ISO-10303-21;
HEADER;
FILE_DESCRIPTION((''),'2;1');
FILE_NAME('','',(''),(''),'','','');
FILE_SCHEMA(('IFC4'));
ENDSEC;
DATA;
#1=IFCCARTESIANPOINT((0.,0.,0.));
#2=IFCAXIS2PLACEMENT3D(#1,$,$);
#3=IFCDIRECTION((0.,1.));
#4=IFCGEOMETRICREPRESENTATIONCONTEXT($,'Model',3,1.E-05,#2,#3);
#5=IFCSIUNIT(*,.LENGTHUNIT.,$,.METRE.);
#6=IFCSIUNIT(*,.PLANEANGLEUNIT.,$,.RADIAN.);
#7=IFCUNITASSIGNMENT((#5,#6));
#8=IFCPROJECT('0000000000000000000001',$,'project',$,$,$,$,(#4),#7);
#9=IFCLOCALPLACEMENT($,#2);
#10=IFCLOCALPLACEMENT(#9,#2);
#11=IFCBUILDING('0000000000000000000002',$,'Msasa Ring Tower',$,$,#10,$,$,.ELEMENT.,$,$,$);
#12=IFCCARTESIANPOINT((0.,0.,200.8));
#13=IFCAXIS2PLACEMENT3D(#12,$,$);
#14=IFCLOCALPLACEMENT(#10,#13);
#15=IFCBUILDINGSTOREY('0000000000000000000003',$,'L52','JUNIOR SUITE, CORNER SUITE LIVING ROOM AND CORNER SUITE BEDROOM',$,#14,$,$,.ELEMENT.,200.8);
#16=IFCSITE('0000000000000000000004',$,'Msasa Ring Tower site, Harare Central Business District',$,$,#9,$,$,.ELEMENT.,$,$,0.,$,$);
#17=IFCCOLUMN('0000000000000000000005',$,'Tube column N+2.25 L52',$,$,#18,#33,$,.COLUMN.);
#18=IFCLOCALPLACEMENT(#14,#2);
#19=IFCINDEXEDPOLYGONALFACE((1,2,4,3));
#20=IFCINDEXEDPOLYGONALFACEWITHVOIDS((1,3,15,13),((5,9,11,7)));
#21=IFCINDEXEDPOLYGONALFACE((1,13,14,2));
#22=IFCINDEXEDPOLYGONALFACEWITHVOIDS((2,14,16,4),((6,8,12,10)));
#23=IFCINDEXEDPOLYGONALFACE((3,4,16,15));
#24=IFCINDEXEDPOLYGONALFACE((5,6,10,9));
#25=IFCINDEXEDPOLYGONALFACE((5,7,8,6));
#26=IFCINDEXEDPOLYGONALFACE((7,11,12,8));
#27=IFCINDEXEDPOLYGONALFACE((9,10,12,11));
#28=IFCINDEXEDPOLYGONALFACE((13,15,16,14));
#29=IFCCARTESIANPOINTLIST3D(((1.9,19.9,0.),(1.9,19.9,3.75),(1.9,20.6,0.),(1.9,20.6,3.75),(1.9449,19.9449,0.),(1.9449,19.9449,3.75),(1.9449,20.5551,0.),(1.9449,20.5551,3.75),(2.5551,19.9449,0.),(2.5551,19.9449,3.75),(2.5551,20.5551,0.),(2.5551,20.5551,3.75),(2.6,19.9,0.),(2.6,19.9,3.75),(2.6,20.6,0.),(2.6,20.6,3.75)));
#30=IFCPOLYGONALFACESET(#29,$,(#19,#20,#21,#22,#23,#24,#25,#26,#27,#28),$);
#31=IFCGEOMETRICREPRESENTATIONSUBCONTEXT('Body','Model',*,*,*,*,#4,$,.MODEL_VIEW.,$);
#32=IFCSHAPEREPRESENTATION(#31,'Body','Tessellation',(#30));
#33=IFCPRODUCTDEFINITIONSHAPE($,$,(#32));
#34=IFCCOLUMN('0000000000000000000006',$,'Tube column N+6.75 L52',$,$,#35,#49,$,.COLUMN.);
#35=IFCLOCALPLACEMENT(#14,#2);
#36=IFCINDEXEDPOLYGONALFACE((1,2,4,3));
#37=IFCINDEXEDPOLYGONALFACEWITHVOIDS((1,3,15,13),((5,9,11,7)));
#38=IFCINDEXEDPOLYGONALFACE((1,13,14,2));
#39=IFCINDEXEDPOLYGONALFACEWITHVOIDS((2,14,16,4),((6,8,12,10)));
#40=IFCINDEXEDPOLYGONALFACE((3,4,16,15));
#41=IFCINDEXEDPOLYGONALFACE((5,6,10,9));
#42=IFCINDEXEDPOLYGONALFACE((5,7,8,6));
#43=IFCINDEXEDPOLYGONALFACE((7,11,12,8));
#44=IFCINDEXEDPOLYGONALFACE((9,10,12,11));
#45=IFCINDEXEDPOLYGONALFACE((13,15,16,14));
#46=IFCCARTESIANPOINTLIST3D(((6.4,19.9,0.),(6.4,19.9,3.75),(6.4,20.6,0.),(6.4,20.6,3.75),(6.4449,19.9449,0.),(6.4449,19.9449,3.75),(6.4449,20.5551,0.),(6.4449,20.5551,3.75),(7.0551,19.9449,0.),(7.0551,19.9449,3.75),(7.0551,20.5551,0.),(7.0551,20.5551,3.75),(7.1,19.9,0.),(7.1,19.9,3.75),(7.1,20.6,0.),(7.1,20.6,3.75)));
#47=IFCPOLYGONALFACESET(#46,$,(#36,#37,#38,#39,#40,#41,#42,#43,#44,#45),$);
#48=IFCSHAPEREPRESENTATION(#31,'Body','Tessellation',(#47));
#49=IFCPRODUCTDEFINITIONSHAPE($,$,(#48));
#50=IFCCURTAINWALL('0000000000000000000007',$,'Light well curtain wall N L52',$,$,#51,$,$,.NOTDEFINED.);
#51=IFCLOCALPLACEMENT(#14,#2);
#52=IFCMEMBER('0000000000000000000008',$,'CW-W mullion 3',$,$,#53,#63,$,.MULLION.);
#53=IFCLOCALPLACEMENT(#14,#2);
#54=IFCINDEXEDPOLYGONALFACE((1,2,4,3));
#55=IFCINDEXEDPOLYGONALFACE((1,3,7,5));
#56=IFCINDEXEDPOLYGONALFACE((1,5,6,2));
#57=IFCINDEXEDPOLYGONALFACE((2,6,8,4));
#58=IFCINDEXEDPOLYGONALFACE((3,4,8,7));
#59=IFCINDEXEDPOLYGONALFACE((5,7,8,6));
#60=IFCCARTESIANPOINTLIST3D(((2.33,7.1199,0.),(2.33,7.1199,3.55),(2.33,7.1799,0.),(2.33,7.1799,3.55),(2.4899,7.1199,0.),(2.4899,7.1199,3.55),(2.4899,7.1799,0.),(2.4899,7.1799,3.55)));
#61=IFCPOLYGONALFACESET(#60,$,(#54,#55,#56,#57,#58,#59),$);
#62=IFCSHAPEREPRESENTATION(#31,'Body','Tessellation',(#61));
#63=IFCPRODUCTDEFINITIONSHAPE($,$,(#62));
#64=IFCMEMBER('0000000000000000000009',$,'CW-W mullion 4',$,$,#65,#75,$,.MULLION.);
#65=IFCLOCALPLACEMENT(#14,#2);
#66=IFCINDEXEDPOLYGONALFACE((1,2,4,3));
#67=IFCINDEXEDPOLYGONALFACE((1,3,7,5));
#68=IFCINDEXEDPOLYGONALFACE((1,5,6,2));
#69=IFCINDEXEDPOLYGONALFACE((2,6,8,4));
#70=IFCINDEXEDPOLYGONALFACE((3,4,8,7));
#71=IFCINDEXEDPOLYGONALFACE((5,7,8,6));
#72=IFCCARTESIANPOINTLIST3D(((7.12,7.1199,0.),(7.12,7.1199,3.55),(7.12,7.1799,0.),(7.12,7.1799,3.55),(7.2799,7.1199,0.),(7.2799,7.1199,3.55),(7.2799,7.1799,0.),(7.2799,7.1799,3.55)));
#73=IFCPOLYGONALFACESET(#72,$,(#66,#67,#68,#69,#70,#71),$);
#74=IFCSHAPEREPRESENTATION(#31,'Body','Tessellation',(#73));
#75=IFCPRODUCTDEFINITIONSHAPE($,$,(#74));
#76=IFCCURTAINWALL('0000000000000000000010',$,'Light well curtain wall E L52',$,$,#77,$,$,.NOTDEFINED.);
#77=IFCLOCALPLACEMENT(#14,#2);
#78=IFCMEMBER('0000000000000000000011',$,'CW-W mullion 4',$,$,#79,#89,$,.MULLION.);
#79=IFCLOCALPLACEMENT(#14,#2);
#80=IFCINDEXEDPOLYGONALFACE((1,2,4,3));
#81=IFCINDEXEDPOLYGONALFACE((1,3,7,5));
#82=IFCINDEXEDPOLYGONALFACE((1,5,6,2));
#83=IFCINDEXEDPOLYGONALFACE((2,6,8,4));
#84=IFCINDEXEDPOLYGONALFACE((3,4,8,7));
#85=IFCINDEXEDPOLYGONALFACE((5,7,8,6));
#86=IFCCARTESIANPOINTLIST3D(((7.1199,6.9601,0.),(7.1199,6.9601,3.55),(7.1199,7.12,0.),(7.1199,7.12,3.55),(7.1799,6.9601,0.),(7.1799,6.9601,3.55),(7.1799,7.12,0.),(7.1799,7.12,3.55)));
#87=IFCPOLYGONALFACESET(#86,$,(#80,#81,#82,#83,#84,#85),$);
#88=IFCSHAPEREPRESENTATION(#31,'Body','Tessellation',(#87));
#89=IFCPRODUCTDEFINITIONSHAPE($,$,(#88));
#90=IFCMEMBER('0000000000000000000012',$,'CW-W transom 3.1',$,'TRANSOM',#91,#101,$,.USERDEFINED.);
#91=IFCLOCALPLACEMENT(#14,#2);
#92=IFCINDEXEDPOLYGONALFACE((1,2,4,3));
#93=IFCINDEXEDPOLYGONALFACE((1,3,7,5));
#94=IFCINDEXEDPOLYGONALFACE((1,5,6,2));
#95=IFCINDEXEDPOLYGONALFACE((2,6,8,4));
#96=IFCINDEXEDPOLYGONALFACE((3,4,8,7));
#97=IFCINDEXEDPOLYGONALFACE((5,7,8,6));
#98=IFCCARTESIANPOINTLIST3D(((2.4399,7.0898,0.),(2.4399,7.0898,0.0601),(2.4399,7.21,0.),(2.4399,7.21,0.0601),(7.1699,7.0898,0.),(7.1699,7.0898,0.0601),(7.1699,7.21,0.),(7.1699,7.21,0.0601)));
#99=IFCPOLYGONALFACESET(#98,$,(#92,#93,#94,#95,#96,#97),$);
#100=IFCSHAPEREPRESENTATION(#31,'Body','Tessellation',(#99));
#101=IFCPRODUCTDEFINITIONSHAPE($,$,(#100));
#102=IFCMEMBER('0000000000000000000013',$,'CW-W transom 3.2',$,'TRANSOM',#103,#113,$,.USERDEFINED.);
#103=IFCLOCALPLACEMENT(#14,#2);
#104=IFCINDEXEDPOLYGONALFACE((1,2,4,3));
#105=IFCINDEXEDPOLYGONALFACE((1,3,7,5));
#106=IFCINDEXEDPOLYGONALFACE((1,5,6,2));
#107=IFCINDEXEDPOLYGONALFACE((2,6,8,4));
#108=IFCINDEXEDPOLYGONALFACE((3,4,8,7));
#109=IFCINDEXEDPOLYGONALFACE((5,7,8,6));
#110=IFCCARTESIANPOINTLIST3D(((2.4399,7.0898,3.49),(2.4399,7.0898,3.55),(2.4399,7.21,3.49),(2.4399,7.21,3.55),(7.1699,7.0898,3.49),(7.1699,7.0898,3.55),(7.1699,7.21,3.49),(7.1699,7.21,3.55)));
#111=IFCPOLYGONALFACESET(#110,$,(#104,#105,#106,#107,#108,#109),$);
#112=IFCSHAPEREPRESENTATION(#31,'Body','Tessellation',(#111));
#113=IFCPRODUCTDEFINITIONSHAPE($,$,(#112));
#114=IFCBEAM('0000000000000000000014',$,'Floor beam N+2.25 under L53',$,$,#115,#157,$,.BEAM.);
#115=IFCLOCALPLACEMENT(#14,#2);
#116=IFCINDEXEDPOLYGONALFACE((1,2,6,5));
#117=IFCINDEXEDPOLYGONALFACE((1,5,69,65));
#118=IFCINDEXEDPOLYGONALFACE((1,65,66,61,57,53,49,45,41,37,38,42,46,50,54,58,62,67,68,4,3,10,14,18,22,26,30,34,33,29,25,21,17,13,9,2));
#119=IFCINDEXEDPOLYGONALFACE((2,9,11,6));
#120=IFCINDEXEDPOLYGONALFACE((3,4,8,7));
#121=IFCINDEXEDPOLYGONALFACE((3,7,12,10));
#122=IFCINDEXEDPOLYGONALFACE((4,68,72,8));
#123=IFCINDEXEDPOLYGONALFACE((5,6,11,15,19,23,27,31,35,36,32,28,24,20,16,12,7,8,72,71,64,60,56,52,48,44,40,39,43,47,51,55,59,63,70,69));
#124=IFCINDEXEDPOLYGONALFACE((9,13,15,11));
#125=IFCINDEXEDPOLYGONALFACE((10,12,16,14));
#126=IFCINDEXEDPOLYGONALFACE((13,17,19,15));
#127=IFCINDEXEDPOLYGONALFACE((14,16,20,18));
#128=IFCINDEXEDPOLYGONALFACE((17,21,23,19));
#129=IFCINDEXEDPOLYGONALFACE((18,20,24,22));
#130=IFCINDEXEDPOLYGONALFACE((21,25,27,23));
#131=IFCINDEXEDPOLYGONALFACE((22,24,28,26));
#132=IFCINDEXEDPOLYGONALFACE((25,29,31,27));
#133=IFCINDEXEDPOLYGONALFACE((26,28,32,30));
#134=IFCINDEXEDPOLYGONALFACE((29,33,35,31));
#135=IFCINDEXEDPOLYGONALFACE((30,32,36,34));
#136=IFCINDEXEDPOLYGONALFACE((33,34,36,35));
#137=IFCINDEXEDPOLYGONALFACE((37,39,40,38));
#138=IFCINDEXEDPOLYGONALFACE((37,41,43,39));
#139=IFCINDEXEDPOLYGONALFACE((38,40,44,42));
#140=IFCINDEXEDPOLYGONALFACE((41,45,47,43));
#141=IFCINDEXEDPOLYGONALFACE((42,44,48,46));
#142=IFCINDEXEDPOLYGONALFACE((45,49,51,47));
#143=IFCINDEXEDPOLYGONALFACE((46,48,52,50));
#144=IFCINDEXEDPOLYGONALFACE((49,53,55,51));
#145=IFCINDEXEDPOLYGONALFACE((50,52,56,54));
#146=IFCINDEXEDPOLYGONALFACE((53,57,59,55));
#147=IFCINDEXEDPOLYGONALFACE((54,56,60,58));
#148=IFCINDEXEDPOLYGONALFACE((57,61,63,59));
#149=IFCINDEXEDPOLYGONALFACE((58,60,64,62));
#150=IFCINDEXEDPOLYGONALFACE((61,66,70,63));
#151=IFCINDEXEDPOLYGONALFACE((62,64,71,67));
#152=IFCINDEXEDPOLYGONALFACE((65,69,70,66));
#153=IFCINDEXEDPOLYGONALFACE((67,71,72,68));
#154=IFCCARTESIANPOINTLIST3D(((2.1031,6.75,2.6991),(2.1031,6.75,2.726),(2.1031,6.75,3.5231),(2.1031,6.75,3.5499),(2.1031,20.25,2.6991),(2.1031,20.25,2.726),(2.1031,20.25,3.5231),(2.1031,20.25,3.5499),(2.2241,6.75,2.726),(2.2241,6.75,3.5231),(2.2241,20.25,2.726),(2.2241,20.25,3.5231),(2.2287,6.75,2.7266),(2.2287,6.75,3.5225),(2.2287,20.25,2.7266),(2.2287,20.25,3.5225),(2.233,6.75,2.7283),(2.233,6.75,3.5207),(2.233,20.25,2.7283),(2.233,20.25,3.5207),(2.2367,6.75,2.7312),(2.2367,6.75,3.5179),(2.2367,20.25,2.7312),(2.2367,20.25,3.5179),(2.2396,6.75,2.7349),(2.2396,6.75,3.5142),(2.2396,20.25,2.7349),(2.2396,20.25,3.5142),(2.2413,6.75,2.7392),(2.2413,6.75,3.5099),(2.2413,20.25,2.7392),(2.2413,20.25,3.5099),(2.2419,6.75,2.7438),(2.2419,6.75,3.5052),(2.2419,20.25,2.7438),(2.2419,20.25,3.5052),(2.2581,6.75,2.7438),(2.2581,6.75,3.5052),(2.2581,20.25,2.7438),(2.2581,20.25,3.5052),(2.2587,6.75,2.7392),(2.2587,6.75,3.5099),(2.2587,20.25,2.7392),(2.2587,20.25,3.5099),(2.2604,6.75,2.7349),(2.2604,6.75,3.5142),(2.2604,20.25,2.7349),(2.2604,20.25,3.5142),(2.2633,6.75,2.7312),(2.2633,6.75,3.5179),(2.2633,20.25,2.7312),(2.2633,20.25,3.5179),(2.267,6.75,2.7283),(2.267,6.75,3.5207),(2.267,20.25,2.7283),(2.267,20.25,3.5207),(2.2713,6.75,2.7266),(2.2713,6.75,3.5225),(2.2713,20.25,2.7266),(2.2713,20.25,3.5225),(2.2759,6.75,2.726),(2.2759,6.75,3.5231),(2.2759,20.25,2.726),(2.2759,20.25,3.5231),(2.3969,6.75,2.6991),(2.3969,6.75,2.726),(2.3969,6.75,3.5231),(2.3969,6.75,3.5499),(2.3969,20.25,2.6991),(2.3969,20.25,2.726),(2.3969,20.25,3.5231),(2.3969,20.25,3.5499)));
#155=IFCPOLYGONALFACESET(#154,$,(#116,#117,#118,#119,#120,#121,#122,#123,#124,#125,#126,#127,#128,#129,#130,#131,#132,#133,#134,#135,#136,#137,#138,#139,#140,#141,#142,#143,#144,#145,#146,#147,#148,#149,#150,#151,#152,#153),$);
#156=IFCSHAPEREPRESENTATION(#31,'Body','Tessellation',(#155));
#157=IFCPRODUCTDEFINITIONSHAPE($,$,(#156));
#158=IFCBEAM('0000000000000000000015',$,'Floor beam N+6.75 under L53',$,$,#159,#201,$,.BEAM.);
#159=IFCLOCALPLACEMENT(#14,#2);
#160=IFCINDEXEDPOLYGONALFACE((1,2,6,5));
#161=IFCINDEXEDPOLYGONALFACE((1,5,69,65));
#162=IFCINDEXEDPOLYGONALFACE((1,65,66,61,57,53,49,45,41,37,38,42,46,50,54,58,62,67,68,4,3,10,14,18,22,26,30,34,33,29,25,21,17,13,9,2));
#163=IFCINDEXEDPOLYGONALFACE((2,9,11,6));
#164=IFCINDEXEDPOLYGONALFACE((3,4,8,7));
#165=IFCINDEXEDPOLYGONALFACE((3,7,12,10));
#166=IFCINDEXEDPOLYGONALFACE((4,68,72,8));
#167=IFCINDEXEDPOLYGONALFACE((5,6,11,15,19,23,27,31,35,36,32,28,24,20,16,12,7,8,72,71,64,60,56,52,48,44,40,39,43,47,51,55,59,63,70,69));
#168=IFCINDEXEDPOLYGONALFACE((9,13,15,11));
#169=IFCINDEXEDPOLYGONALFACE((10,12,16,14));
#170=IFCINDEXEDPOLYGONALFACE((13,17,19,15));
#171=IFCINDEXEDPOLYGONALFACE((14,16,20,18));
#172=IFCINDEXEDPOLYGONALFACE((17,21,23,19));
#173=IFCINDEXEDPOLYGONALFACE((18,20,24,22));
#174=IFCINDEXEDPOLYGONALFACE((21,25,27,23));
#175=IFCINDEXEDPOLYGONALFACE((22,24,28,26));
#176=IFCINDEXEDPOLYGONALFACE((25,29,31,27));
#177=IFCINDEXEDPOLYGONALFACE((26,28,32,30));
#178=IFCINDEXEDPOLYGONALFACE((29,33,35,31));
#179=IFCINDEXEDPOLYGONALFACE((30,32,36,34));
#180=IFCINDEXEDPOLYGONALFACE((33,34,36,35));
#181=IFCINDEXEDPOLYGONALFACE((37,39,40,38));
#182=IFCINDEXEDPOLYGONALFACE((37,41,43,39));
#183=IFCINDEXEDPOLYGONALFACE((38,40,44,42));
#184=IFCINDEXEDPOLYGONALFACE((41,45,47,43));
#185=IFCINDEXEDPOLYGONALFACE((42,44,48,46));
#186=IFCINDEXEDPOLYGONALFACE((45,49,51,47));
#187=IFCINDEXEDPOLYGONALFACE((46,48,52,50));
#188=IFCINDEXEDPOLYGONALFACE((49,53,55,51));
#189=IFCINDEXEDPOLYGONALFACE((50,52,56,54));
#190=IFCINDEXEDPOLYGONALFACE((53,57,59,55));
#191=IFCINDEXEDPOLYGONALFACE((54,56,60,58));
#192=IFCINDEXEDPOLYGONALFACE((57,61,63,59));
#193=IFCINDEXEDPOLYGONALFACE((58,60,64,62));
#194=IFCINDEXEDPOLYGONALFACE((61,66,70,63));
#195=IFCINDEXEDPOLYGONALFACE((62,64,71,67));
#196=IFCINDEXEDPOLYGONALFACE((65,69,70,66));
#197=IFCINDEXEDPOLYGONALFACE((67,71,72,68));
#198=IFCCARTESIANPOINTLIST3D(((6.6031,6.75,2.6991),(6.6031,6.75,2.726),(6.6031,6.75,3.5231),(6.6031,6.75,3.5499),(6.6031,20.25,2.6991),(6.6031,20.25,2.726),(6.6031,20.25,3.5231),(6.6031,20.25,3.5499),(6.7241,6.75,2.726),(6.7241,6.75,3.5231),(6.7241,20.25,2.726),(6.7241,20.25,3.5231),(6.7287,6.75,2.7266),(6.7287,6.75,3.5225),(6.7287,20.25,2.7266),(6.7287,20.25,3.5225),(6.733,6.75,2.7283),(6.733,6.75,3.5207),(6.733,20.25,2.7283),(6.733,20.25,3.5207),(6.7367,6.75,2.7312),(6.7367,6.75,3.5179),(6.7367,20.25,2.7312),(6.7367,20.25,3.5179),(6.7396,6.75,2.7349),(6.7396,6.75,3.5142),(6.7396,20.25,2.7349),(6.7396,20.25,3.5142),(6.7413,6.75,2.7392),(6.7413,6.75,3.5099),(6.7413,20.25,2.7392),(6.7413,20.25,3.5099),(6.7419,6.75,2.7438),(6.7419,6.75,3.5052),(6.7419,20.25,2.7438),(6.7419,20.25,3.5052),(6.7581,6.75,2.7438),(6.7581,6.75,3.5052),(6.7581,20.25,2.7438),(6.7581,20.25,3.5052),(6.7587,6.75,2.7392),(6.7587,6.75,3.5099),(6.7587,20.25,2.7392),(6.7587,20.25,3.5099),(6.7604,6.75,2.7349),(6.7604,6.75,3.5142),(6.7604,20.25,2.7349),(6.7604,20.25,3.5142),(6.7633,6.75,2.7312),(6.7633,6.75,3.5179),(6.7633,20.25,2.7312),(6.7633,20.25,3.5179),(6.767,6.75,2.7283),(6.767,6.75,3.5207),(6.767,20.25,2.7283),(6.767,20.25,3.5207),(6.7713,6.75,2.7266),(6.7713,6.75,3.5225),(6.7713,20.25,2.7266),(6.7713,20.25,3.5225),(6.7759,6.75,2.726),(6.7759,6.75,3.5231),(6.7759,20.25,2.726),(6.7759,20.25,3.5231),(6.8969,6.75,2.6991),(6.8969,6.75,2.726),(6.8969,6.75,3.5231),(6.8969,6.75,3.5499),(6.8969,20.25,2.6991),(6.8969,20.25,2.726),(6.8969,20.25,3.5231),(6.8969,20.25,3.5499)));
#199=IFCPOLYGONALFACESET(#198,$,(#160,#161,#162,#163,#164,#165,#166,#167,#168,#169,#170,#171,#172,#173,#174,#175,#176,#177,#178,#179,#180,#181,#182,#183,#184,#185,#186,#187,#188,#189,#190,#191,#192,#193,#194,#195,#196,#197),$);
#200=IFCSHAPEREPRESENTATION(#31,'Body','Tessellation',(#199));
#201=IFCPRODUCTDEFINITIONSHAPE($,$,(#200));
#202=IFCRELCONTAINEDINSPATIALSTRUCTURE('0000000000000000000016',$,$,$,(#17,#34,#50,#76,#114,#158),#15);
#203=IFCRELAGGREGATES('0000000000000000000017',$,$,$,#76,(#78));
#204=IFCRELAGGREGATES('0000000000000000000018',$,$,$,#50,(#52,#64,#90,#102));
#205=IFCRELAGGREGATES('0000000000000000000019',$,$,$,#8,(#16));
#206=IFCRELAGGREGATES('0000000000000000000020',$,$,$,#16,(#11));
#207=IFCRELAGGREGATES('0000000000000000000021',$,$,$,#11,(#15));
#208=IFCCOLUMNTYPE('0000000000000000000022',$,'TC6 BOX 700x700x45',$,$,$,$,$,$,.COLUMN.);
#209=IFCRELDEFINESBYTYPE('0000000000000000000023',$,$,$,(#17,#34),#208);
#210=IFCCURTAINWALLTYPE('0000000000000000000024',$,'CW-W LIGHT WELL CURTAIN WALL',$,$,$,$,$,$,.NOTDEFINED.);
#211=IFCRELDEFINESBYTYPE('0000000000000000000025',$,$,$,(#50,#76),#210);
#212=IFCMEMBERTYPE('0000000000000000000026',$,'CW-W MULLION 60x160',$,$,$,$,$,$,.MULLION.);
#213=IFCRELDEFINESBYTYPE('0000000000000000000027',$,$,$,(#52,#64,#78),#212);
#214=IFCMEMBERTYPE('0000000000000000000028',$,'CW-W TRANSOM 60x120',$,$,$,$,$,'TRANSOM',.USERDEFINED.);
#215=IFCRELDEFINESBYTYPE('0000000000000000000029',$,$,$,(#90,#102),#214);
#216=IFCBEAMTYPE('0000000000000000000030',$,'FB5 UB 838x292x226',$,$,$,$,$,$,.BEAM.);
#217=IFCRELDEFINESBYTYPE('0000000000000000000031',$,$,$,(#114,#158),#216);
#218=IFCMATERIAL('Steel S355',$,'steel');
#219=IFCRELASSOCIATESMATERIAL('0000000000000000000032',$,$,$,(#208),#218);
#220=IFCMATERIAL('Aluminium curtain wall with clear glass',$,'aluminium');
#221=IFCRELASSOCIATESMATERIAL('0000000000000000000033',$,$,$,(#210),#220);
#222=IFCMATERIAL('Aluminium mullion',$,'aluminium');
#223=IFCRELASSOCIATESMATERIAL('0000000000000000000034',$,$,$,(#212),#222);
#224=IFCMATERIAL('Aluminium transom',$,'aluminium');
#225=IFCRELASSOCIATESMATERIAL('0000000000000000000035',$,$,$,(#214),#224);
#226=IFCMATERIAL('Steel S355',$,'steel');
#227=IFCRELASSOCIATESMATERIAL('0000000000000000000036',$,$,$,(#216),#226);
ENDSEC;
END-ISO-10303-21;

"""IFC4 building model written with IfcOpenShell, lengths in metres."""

from ifc_helpers import new_model, si_unit, direction, frame, origin, origin_2d, place, context, subcontext, project, spatial, rectangle, hollow_rectangle, i_section, extrude, material, material_profile, profile_set, type_object, element, aggregate, save


model = new_model("IFC4")

# Units and contexts
model_context = context("Model", 3, precision=1e-05, world=origin(), true_north=direction((0.0, 1.0)))
body_context = subcontext(model_context, "Body", "Model", "MODEL_VIEW")
ifc_project = project(units=[si_unit("LENGTHUNIT", "METRE"), si_unit("PLANEANGLEUNIT", "RADIAN")], contexts=[model_context])

# Site, building, storey
site_placement = place(None, origin())
site = spatial("IfcSite", under=ifc_project, at=site_placement, Name="Msasa Ring Tower site, Harare Central Business District", CompositionType="ELEMENT", RefElevation=0.0)
building_placement = place(site_placement, origin())
building = spatial("IfcBuilding", under=site, at=building_placement, Name="Msasa Ring Tower", CompositionType="ELEMENT")
storey_placement = place(building_placement, frame((0.0, 0.0, 200.8)))
storey = spatial("IfcBuildingStorey", under=building, at=storey_placement, Name="L52", Description="JUNIOR SUITE, CORNER SUITE LIVING ROOM AND CORNER SUITE BEDROOM", CompositionType="ELEMENT", Elevation=200.8)

# Columns
ifc_material_1 = material(Name="Steel S355", Category="steel")
ifc_material_profile_1 = material_profile(ifc_material_1, hollow_rectangle(XDim=0.7, YDim=0.7, WallThickness=0.0449, at=origin_2d()), Name="BOX 700x700x45")
ifc_profile_set_1 = profile_set([ifc_material_profile_1], Name="Steel S355")
column_type = type_object("IfcColumnType", Name="TC6 BOX 700x700x45", PredefinedType="COLUMN", material=ifc_profile_set_1)
for number, where, z_axis, x_axis, name in (
    (1, (2.25, 20.25, 0.0), (0.0, 0.0, 1.0), (0.0, 1.0, 0.0), "Tube column N+2.25 L52"),
    (2, (6.75, 20.25, 0.0), (0.0, 0.0, 1.0), (0.0, 1.0, 0.0), "Tube column N+6.75 L52"),
):
    element("IfcColumn", number, at=place(storey_placement, frame(where, z_axis=z_axis, x_axis=x_axis)), inside=storey, type_object=column_type, Name=name, PredefinedType="COLUMN", context=body_context, shape_type="SweptSolid", body=[
        extrude(hollow_rectangle(XDim=0.7, YDim=0.7, WallThickness=0.0449, at=origin_2d()), origin(), (0.0, 0.0, 1.0), 3.75),
    ])

# Curtain wall, members
ifc_material_2 = material(Name="Aluminium curtain wall with clear glass", Category="aluminium")
curtain_wall_type = type_object("IfcCurtainWallType", Name="CW-W LIGHT WELL CURTAIN WALL", PredefinedType="NOTDEFINED", material=ifc_material_2)
curtain_wall_1_placement = place(storey_placement, origin())
curtain_wall_1 = element("IfcCurtainWall", 3, at=curtain_wall_1_placement, inside=storey, type_object=curtain_wall_type, Name="Light well curtain wall N L52", PredefinedType="NOTDEFINED")
ifc_material_3 = material(Name="Aluminium mullion", Category="aluminium")
ifc_material_profile_2 = material_profile(ifc_material_3, rectangle(XDim=0.0601, YDim=0.1599, at=origin_2d()), Name="AL 60x160")
ifc_profile_set_2 = profile_set([ifc_material_profile_2], Name="Aluminium mullion")
member_type_1 = type_object("IfcMemberType", Name="CW-W MULLION 60x160", PredefinedType="MULLION", material=ifc_profile_set_2)
member_1_placement = place(storey_placement, frame((2.4099, 7.1499, 0.0), z_axis=(0.0, 0.0, 1.0), x_axis=(0.0, 1.0, 0.0)))
member_1 = element("IfcMember", 4, at=member_1_placement, type_object=member_type_1, Name="CW-W mullion 3", PredefinedType="MULLION", context=body_context, shape_type="SweptSolid", body=[
    extrude(rectangle(XDim=0.0601, YDim=0.1599, at=origin_2d()), origin(), (0.0, 0.0, 1.0), 3.55),
])
member_2_placement = place(storey_placement, frame((7.2, 7.1499, 0.0), z_axis=(0.0, 0.0, 1.0), x_axis=(0.0, 1.0, 0.0)))
member_2 = element("IfcMember", 5, at=member_2_placement, type_object=member_type_1, Name="CW-W mullion 4", PredefinedType="MULLION", context=body_context, shape_type="SweptSolid", body=[
    extrude(rectangle(XDim=0.0601, YDim=0.1599, at=origin_2d()), origin(), (0.0, 0.0, 1.0), 3.55),
])

# Curtain wall, member
curtain_wall_2_placement = place(storey_placement, origin())
curtain_wall_2 = element("IfcCurtainWall", 6, at=curtain_wall_2_placement, inside=storey, type_object=curtain_wall_type, Name="Light well curtain wall E L52", PredefinedType="NOTDEFINED")
member_3_placement = place(storey_placement, frame((7.1499, 7.04, 0.0), z_axis=(0.0, 0.0, 1.0), x_axis=(-1.0, 0.0, 0.0)))
member_3 = element("IfcMember", 7, at=member_3_placement, type_object=member_type_1, Name="CW-W mullion 4", PredefinedType="MULLION", context=body_context, shape_type="SweptSolid", body=[
    extrude(rectangle(XDim=0.0601, YDim=0.1599, at=origin_2d()), origin(), (0.0, 0.0, 1.0), 3.55),
])
aggregate(curtain_wall_2, [member_3])

# Members
ifc_material_4 = material(Name="Aluminium transom", Category="aluminium")
ifc_material_profile_3 = material_profile(ifc_material_4, rectangle(XDim=0.1201, YDim=0.0601, at=origin_2d()), Name="AL 60x120")
ifc_profile_set_3 = profile_set([ifc_material_profile_3], Name="Aluminium transom")
member_type_2 = type_object("IfcMemberType", Name="CW-W TRANSOM 60x120", ElementType="TRANSOM", PredefinedType="USERDEFINED", material=ifc_profile_set_3)
member_4_placement = place(storey_placement, frame((2.4399, 7.1499, 0.03), z_axis=(1.0, 0.0, 0.0), x_axis=(0.0, 1.0, 0.0)))
member_4 = element("IfcMember", 8, at=member_4_placement, type_object=member_type_2, Name="CW-W transom 3.1", ObjectType="TRANSOM", PredefinedType="USERDEFINED", context=body_context, shape_type="SweptSolid", body=[
    extrude(rectangle(XDim=0.1201, YDim=0.0601, at=origin_2d()), origin(), (0.0, 0.0, 1.0), 4.73),
])
member_5_placement = place(storey_placement, frame((2.4399, 7.1499, 3.52), z_axis=(1.0, 0.0, 0.0), x_axis=(0.0, 1.0, 0.0)))
member_5 = element("IfcMember", 9, at=member_5_placement, type_object=member_type_2, Name="CW-W transom 3.2", ObjectType="TRANSOM", PredefinedType="USERDEFINED", context=body_context, shape_type="SweptSolid", body=[
    extrude(rectangle(XDim=0.1201, YDim=0.0601, at=origin_2d()), origin(), (0.0, 0.0, 1.0), 4.73),
])

# Beams
ifc_material_5 = material(Name="Steel S355", Category="steel")
ifc_material_profile_4 = material_profile(ifc_material_5, i_section(OverallWidth=0.2937, OverallDepth=0.8508, WebThickness=0.0161, FlangeThickness=0.0269, FilletRadius=0.0178, at=origin_2d()), Name="UB 838x292x226")
ifc_profile_set_4 = profile_set([ifc_material_profile_4], Name="Steel S355")
beam_type_1 = type_object("IfcBeamType", Name="FB5 UB 838x292x226", PredefinedType="BEAM", material=ifc_profile_set_4)
for number, where, z_axis, x_axis, name in (
    (10, (2.25, 20.25, 3.1245), (0.0, -1.0, 0.0), (1.0, 0.0, 0.0), "Floor beam N+2.25 under L53"),
    (11, (6.75, 20.25, 3.1245), (0.0, -1.0, 0.0), (1.0, 0.0, 0.0), "Floor beam N+6.75 under L53"),
):
    element("IfcBeam", number, at=place(storey_placement, frame(where, z_axis=z_axis, x_axis=x_axis)), inside=storey, type_object=beam_type_1, Name=name, PredefinedType="BEAM", context=body_context, shape_type="SweptSolid", body=[
        extrude(i_section(OverallWidth=0.2937, OverallDepth=0.8508, WebThickness=0.0161, FlangeThickness=0.0269, FilletRadius=0.0178, at=origin_2d()), origin(), (0.0, 0.0, 1.0), 13.5),
    ])

aggregate(curtain_wall_1, [member_1, member_2, member_4, member_5])

save(model, "model.ifc")
